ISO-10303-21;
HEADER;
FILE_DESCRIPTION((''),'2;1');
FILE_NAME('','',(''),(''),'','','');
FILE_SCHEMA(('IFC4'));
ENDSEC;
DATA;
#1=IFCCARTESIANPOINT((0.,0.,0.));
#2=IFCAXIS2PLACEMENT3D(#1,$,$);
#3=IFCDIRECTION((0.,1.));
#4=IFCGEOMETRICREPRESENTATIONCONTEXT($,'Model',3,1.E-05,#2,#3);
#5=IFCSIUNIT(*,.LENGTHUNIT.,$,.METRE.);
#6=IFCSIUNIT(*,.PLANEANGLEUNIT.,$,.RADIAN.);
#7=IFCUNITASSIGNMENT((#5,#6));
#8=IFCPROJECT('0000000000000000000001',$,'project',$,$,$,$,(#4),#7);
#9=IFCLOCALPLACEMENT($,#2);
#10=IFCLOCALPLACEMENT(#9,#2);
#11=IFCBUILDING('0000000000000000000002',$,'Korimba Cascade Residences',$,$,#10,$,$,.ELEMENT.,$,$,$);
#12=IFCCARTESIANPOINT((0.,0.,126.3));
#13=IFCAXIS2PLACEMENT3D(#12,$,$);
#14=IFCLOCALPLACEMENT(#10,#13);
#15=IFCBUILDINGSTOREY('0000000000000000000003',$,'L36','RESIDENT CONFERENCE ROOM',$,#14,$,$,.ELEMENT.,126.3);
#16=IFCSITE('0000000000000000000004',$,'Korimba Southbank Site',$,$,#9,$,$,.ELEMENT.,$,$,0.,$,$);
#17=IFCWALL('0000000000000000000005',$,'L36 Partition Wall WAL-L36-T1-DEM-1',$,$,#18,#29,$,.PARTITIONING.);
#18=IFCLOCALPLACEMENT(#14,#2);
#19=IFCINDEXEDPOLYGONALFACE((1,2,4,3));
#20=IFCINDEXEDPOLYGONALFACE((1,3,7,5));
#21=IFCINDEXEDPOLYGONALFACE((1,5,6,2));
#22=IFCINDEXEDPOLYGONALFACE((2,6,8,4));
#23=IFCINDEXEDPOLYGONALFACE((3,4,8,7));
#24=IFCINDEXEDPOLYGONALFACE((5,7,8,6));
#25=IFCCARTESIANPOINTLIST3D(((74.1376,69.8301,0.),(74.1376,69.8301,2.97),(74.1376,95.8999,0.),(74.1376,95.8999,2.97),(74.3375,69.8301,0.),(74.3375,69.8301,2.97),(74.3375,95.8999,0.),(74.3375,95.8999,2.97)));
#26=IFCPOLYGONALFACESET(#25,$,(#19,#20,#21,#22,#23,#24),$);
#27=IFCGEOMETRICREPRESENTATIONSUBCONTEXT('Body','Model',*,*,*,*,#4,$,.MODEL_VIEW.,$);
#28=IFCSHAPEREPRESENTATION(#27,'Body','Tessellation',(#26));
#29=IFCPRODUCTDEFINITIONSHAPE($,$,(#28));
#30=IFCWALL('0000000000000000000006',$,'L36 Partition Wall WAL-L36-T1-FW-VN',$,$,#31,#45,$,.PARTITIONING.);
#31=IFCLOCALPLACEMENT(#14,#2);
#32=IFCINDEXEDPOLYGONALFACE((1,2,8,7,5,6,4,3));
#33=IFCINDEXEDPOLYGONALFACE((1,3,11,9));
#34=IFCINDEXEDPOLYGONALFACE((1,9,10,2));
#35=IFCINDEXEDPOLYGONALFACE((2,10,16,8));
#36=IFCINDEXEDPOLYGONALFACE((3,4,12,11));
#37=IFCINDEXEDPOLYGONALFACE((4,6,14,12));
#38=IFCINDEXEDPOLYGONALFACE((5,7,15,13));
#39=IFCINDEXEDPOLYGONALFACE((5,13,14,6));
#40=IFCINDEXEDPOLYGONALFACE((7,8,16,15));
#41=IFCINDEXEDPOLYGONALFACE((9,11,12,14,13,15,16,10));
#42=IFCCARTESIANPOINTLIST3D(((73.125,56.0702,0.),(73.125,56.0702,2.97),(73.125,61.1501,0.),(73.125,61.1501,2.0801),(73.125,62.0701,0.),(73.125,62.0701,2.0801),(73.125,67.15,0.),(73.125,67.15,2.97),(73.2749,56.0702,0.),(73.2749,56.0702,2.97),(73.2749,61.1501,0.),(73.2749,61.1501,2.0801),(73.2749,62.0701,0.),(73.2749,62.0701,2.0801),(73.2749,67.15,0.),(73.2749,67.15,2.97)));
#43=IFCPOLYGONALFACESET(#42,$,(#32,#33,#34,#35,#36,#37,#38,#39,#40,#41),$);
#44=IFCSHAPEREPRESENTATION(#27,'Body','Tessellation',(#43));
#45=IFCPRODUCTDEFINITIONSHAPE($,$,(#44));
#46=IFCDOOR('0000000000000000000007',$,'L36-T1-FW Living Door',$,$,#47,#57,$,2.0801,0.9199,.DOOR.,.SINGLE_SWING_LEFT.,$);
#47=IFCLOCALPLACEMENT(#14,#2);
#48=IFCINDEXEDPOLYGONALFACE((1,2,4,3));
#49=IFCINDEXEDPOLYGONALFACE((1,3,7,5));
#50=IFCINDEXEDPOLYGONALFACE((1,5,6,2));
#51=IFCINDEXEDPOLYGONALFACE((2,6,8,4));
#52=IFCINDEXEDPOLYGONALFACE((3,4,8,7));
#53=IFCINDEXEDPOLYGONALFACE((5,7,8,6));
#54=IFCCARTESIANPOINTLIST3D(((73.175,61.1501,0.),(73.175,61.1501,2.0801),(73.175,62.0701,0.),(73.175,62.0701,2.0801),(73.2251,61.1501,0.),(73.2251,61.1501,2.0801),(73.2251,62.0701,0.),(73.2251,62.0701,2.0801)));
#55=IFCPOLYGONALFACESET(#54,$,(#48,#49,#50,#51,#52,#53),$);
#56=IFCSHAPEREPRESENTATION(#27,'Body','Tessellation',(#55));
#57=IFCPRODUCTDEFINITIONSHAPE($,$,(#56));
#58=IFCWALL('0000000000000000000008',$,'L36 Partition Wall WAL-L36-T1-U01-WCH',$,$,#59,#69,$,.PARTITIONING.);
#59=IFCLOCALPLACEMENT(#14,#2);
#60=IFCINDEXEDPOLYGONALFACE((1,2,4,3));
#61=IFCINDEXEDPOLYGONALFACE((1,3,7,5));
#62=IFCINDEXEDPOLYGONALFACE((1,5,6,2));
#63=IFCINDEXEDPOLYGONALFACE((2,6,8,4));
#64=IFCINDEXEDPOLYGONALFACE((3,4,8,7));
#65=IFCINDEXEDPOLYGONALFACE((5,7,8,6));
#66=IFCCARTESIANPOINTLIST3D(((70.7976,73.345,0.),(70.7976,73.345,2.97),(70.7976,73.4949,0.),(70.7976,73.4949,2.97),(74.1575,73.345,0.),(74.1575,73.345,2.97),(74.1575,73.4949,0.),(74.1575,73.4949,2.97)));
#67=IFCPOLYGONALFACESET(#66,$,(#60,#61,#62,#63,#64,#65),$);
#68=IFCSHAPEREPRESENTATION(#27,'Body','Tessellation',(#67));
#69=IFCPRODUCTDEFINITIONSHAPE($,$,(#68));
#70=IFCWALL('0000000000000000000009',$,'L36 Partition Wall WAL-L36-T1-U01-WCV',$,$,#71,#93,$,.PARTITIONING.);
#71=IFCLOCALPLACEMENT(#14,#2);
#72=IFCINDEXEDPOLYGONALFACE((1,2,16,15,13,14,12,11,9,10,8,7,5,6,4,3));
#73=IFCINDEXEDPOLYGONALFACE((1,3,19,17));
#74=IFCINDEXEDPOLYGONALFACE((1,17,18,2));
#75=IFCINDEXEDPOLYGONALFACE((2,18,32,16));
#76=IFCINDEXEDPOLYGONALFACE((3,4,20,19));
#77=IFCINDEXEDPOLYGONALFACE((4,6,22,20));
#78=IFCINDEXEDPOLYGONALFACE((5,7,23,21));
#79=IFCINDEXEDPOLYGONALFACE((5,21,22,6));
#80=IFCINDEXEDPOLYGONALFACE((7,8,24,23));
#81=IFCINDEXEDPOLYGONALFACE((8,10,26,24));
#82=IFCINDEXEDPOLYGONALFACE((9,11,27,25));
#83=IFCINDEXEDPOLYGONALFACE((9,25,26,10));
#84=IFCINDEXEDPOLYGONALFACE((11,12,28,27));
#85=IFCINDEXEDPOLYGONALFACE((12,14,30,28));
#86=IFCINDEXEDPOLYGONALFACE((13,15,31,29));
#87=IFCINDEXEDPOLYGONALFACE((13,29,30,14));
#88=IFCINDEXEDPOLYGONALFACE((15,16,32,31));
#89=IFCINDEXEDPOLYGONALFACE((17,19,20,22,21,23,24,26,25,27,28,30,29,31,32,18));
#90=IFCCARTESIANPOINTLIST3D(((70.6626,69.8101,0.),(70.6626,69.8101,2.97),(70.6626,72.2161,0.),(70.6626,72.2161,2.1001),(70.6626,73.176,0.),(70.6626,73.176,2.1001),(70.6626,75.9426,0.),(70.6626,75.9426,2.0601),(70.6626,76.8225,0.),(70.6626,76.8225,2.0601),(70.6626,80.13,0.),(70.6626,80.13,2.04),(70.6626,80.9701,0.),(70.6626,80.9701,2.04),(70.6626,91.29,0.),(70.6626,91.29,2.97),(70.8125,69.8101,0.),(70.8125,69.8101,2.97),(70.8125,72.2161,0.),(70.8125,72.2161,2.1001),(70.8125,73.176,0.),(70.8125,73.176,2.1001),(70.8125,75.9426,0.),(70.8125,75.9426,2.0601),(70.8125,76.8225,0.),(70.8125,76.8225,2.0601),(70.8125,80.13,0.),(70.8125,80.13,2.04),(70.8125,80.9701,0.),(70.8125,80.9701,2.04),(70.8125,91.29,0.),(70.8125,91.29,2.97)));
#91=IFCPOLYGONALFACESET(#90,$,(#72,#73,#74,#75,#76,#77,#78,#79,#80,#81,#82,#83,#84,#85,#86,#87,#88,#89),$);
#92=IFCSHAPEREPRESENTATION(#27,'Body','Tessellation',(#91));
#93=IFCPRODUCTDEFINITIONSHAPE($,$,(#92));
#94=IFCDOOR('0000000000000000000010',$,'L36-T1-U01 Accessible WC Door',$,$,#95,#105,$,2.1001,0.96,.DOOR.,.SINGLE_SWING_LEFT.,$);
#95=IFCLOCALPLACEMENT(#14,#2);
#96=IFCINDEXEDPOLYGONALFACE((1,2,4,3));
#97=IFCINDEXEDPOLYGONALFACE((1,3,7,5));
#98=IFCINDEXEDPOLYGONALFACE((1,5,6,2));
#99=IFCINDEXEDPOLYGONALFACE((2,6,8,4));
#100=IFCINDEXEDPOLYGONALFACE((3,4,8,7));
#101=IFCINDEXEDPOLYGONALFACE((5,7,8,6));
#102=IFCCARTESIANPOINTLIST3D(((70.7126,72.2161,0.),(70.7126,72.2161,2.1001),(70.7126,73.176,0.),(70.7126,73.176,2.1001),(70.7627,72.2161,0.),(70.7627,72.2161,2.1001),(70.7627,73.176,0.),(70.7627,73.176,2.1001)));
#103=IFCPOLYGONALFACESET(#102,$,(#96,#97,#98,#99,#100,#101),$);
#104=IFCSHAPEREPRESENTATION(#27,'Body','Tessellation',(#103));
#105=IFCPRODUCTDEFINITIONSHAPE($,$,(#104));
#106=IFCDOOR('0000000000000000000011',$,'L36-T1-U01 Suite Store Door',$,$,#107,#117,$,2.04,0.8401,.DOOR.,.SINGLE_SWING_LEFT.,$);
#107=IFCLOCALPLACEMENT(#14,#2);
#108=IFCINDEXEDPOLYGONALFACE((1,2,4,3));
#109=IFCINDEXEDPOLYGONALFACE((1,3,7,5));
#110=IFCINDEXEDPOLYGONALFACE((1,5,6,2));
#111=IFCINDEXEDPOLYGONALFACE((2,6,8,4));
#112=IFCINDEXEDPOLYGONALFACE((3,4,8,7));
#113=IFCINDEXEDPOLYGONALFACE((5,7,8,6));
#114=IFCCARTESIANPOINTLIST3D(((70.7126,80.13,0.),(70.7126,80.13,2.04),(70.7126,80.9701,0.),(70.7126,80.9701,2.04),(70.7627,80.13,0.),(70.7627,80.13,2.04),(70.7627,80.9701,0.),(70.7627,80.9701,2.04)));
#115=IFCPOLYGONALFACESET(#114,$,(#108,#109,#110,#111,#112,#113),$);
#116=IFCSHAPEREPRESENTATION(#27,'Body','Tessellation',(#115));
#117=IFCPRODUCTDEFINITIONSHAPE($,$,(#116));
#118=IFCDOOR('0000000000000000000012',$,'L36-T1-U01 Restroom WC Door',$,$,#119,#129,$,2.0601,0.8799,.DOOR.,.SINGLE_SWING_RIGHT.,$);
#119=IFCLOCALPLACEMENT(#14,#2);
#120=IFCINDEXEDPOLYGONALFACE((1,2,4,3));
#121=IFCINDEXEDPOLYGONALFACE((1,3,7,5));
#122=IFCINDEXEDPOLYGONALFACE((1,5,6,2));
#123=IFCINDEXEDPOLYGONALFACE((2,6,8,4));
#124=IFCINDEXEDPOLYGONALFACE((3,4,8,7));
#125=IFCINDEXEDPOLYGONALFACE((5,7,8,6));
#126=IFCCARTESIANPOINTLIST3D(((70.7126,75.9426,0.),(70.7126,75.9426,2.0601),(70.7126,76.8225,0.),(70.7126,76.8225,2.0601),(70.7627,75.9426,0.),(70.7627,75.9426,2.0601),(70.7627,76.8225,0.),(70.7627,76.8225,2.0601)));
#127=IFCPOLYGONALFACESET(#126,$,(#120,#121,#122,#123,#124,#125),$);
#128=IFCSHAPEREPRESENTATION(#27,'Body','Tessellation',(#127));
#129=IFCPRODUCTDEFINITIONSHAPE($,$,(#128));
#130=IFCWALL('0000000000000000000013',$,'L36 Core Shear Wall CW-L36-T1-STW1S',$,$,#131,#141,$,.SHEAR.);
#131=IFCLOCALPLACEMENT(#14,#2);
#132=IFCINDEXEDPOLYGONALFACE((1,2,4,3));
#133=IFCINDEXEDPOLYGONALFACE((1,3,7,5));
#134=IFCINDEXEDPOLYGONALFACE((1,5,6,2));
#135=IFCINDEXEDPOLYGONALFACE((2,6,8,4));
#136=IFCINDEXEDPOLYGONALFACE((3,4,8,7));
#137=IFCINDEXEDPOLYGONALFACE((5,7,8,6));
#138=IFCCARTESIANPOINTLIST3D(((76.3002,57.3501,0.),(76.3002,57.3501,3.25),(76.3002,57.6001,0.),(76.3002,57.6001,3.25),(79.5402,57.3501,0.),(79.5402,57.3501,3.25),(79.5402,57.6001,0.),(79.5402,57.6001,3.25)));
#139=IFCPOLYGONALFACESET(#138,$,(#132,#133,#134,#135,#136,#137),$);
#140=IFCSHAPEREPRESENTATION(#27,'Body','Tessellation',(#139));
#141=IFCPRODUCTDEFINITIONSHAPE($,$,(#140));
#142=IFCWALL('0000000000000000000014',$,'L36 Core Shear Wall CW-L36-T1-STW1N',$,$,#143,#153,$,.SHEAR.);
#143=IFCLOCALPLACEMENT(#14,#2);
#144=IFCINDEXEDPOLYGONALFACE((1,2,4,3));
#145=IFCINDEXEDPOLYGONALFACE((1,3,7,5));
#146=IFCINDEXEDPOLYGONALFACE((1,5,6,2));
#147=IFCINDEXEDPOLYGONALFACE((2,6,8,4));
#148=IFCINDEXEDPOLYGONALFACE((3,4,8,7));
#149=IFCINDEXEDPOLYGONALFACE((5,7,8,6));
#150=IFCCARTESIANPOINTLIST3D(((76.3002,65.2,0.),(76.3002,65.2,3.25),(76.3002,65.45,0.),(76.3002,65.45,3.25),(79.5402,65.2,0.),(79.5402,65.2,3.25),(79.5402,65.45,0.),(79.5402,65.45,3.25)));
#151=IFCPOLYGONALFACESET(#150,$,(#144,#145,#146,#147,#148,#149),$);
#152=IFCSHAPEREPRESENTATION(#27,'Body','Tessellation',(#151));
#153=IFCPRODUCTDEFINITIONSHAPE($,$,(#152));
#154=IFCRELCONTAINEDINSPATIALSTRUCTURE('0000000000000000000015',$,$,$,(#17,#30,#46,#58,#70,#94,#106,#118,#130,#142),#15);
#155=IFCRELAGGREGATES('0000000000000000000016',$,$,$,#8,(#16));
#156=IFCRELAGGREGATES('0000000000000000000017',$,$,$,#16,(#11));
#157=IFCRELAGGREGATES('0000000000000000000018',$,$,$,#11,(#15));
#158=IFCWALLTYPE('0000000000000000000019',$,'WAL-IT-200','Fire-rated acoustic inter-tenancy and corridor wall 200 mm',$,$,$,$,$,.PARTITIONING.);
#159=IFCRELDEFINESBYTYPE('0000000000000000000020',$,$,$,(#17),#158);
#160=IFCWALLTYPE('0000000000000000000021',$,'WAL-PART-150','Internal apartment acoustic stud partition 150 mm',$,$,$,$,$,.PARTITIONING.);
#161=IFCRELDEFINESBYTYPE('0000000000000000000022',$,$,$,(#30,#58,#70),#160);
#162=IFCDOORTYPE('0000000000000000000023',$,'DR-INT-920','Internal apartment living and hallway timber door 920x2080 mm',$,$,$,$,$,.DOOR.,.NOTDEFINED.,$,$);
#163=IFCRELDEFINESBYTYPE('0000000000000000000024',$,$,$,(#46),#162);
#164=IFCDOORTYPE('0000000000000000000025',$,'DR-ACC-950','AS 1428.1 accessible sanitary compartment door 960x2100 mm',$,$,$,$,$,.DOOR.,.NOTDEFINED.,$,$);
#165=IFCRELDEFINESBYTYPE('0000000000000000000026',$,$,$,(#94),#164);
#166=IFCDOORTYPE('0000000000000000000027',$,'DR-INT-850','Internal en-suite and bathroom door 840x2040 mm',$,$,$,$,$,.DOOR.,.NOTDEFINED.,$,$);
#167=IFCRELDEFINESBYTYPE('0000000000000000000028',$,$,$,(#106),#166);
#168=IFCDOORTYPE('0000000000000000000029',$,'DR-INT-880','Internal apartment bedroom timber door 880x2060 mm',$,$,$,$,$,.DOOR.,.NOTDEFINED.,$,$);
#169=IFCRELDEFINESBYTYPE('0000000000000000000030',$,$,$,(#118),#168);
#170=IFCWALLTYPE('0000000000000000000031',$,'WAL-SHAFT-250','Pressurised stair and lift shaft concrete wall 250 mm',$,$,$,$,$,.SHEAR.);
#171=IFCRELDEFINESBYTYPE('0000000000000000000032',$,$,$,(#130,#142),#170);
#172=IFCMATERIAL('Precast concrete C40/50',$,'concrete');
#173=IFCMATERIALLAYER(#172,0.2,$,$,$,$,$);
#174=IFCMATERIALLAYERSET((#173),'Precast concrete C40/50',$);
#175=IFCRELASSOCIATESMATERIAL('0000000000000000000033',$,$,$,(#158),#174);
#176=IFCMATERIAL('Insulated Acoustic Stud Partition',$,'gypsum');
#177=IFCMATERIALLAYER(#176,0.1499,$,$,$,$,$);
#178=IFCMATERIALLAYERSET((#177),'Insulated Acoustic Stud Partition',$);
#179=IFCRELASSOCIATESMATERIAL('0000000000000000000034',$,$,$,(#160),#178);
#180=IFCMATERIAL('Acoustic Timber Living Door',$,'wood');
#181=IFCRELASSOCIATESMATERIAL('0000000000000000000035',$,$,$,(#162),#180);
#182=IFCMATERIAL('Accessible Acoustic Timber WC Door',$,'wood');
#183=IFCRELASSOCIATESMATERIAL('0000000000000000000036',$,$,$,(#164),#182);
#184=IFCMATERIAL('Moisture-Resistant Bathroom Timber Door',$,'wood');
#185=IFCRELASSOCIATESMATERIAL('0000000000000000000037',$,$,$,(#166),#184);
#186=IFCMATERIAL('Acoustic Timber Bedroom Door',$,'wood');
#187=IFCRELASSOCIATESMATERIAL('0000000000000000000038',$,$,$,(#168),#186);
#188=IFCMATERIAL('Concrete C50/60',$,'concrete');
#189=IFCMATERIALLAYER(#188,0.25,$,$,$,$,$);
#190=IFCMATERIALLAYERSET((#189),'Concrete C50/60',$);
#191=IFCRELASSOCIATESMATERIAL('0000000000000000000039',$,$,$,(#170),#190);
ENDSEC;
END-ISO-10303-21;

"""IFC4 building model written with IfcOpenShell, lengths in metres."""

from ifc_helpers import new_model, si_unit, direction, frame, frame_2d, origin, place, context, subcontext, project, spatial, rectangle, extrude, material, layer, layer_set, type_object, element, fill, save


model = new_model("IFC4")

# Units and contexts
model_context = context("Model", 3, precision=1e-05, world=origin(), true_north=direction((0.0, 1.0)))
body_context = subcontext(model_context, "Body", "Model", "MODEL_VIEW")
ifc_project = project(units=[si_unit("LENGTHUNIT", "METRE"), si_unit("PLANEANGLEUNIT", "RADIAN")], contexts=[model_context])

# Site, building, storey
site_placement = place(None, origin())
site = spatial("IfcSite", under=ifc_project, at=site_placement, Name="Korimba Southbank Site", CompositionType="ELEMENT", RefElevation=0.0)
building_placement = place(site_placement, origin())
building = spatial("IfcBuilding", under=site, at=building_placement, Name="Korimba Cascade Residences", CompositionType="ELEMENT")
storey_placement = place(building_placement, frame((0.0, 0.0, 126.3)))
storey = spatial("IfcBuildingStorey", under=building, at=storey_placement, Name="L36", Description="RESIDENT CONFERENCE ROOM", CompositionType="ELEMENT", Elevation=126.3)

# Wall
ifc_material_1 = material(Name="Precast concrete C40/50", Category="concrete")
ifc_layer_1 = layer(ifc_material_1, 0.2)
ifc_layer_set_1 = layer_set([ifc_layer_1], Name="Precast concrete C40/50")
wall_type_1 = type_object("IfcWallType", Name="WAL-IT-200", Description="Fire-rated acoustic inter-tenancy and corridor wall 200 mm", PredefinedType="PARTITIONING", material=ifc_layer_set_1)
wall_1_placement = place(storey_placement, frame((74.2375, 69.8301, 0.0), z_axis=(0.0, 0.0, 1.0), x_axis=(0.0, 1.0, 0.0)))
element("IfcWall", 1, at=wall_1_placement, inside=storey, type_object=wall_type_1, Name="L36 Partition Wall WAL-L36-T1-DEM-1", PredefinedType="PARTITIONING", context=body_context, shape_type="SweptSolid", body=[
    extrude(rectangle(XDim=26.0698, YDim=0.2, at=frame_2d((13.0349, 0.0))), origin(), (0.0, 0.0, 1.0), 2.97),
])

# Wall, opening, door
ifc_material_2 = material(Name="Insulated Acoustic Stud Partition", Category="gypsum")
ifc_layer_2 = layer(ifc_material_2, 0.1499)
ifc_layer_set_2 = layer_set([ifc_layer_2], Name="Insulated Acoustic Stud Partition")
wall_type_2 = type_object("IfcWallType", Name="WAL-PART-150", Description="Internal apartment acoustic stud partition 150 mm", PredefinedType="PARTITIONING", material=ifc_layer_set_2)
wall_2_placement = place(storey_placement, frame((73.2, 56.0701, 0.0), z_axis=(0.0, 0.0, 1.0), x_axis=(0.0, 1.0, 0.0)))
wall_2 = element("IfcWall", 2, at=wall_2_placement, inside=storey, type_object=wall_type_2, Name="L36 Partition Wall WAL-L36-T1-FW-VN", PredefinedType="PARTITIONING", context=body_context, shape_type="SweptSolid", body=[
    extrude(rectangle(XDim=11.0798, YDim=0.1499, at=frame_2d((5.54, 0.0))), origin(), (0.0, 0.0, 1.0), 2.97),
])
opening_1_placement = place(wall_2_placement, frame((5.0801, 0.0, 0.0)))
opening_1 = element("IfcOpeningElement", 3, at=opening_1_placement, cuts=wall_2, PredefinedType="OPENING", context=body_context, shape_type="SweptSolid", body=[
    extrude(rectangle(XDim=0.9199, YDim=2.0801, at=frame_2d((0.46, 1.04))), frame((0.0, 0.085, 0.0), z_axis=(0.0, -1.0, 0.0), x_axis=(1.0, 0.0, 0.0)), (0.0, 0.0, 1.0), 0.1699),
])
ifc_material_3 = material(Name="Acoustic Timber Living Door", Category="wood")
door_type_1 = type_object("IfcDoorType", Name="DR-INT-920", Description="Internal apartment living and hallway timber door 920x2080 mm", OperationType="NOTDEFINED", PredefinedType="DOOR", material=ifc_material_3)
door_1_placement = place(opening_1_placement, origin())
door_1 = element("IfcDoor", 4, at=door_1_placement, inside=storey, type_object=door_type_1, Name="L36-T1-FW Living Door", OperationType="SINGLE_SWING_LEFT", OverallHeight=2.0801, OverallWidth=0.9199, PredefinedType="DOOR", context=body_context, shape_type="SweptSolid", body=[
    extrude(rectangle(XDim=0.9199, YDim=2.0801, at=frame_2d((0.46, 1.04))), frame((0.0, 0.0249, 0.0), z_axis=(0.0, -1.0, 0.0), x_axis=(1.0, 0.0, 0.0)), (0.0, 0.0, 1.0), 0.05),
])
fill(opening_1, door_1)

# Wall
wall_3_placement = place(storey_placement, frame((70.7976, 73.4199, 0.0), z_axis=(0.0, 0.0, 1.0), x_axis=(1.0, 0.0, 0.0)))
element("IfcWall", 5, at=wall_3_placement, inside=storey, type_object=wall_type_2, Name="L36 Partition Wall WAL-L36-T1-U01-WCH", PredefinedType="PARTITIONING", context=body_context, shape_type="SweptSolid", body=[
    extrude(rectangle(XDim=3.3599, YDim=0.1499, at=frame_2d((1.6799, 0.0))), origin(), (0.0, 0.0, 1.0), 2.97),
])

# Wall, openings, doors
wall_4_placement = place(storey_placement, frame((70.7375, 69.8101, 0.0), z_axis=(0.0, 0.0, 1.0), x_axis=(0.0, 1.0, 0.0)))
wall_4 = element("IfcWall", 6, at=wall_4_placement, inside=storey, type_object=wall_type_2, Name="L36 Partition Wall WAL-L36-T1-U01-WCV", PredefinedType="PARTITIONING", context=body_context, shape_type="SweptSolid", body=[
    extrude(rectangle(XDim=21.48, YDim=0.1499, at=frame_2d((10.74, 0.0))), origin(), (0.0, 0.0, 1.0), 2.97),
])
opening_2_placement = place(wall_4_placement, frame((2.406, 0.0, 0.0)))
opening_2 = element("IfcOpeningElement", 7, at=opening_2_placement, cuts=wall_4, PredefinedType="OPENING", context=body_context, shape_type="SweptSolid", body=[
    extrude(rectangle(XDim=0.96, YDim=2.1001, at=frame_2d((0.48, 1.05))), frame((0.0, 0.085, 0.0), z_axis=(0.0, -1.0, 0.0), x_axis=(1.0, 0.0, 0.0)), (0.0, 0.0, 1.0), 0.1699),
])
opening_3_placement = place(wall_4_placement, frame((6.1326, 0.0, 0.0)))
opening_3 = element("IfcOpeningElement", 8, at=opening_3_placement, cuts=wall_4, PredefinedType="OPENING", context=body_context, shape_type="SweptSolid", body=[
    extrude(rectangle(XDim=0.8799, YDim=2.0601, at=frame_2d((0.4399, 1.03))), frame((0.0, 0.085, 0.0), z_axis=(0.0, -1.0, 0.0), x_axis=(1.0, 0.0, 0.0)), (0.0, 0.0, 1.0), 0.1699),
])
opening_4_placement = place(wall_4_placement, frame((10.3201, 0.0, 0.0)))
opening_4 = element("IfcOpeningElement", 9, at=opening_4_placement, cuts=wall_4, PredefinedType="OPENING", context=body_context, shape_type="SweptSolid", body=[
    extrude(rectangle(XDim=0.8401, YDim=2.04, at=frame_2d((0.4199, 1.02))), frame((0.0, 0.085, 0.0), z_axis=(0.0, -1.0, 0.0), x_axis=(1.0, 0.0, 0.0)), (0.0, 0.0, 1.0), 0.1699),
])
ifc_material_4 = material(Name="Accessible Acoustic Timber WC Door", Category="wood")
door_type_2 = type_object("IfcDoorType", Name="DR-ACC-950", Description="AS 1428.1 accessible sanitary compartment door 960x2100 mm", OperationType="NOTDEFINED", PredefinedType="DOOR", material=ifc_material_4)
door_2_placement = place(opening_2_placement, origin())
door_2 = element("IfcDoor", 10, at=door_2_placement, inside=storey, type_object=door_type_2, Name="L36-T1-U01 Accessible WC Door", OperationType="SINGLE_SWING_LEFT", OverallHeight=2.1001, OverallWidth=0.96, PredefinedType="DOOR", context=body_context, shape_type="SweptSolid", body=[
    extrude(rectangle(XDim=0.96, YDim=2.1001, at=frame_2d((0.48, 1.05))), frame((0.0, 0.0249, 0.0), z_axis=(0.0, -1.0, 0.0), x_axis=(1.0, 0.0, 0.0)), (0.0, 0.0, 1.0), 0.05),
])
fill(opening_2, door_2)
ifc_material_5 = material(Name="Moisture-Resistant Bathroom Timber Door", Category="wood")
door_type_3 = type_object("IfcDoorType", Name="DR-INT-850", Description="Internal en-suite and bathroom door 840x2040 mm", OperationType="NOTDEFINED", PredefinedType="DOOR", material=ifc_material_5)
door_3_placement = place(opening_4_placement, origin())
door_3 = element("IfcDoor", 11, at=door_3_placement, inside=storey, type_object=door_type_3, Name="L36-T1-U01 Suite Store Door", OperationType="SINGLE_SWING_LEFT", OverallHeight=2.04, OverallWidth=0.8401, PredefinedType="DOOR", context=body_context, shape_type="SweptSolid", body=[
    extrude(rectangle(XDim=0.8401, YDim=2.04, at=frame_2d((0.4199, 1.02))), frame((0.0, 0.0249, 0.0), z_axis=(0.0, -1.0, 0.0), x_axis=(1.0, 0.0, 0.0)), (0.0, 0.0, 1.0), 0.05),
])
fill(opening_4, door_3)
ifc_material_6 = material(Name="Acoustic Timber Bedroom Door", Category="wood")
door_type_4 = type_object("IfcDoorType", Name="DR-INT-880", Description="Internal apartment bedroom timber door 880x2060 mm", OperationType="NOTDEFINED", PredefinedType="DOOR", material=ifc_material_6)
door_4_placement = place(opening_3_placement, origin())
door_4 = element("IfcDoor", 12, at=door_4_placement, inside=storey, type_object=door_type_4, Name="L36-T1-U01 Restroom WC Door", OperationType="SINGLE_SWING_RIGHT", OverallHeight=2.0601, OverallWidth=0.8799, PredefinedType="DOOR", context=body_context, shape_type="SweptSolid", body=[
    extrude(rectangle(XDim=0.8799, YDim=2.0601, at=frame_2d((0.4399, 1.03))), frame((0.0, 0.0249, 0.0), z_axis=(0.0, -1.0, 0.0), x_axis=(1.0, 0.0, 0.0)), (0.0, 0.0, 1.0), 0.05),
])
fill(opening_3, door_4)

# Walls
ifc_material_7 = material(Name="Concrete C50/60", Category="concrete")
ifc_layer_3 = layer(ifc_material_7, 0.25)
ifc_layer_set_3 = layer_set([ifc_layer_3], Name="Concrete C50/60")
wall_type_3 = type_object("IfcWallType", Name="WAL-SHAFT-250", Description="Pressurised stair and lift shaft concrete wall 250 mm", PredefinedType="SHEAR", material=ifc_layer_set_3)
for number, where, z_axis, x_axis, name in (
    (13, (76.3, 57.4751, 0.0), (0.0, 0.0, 1.0), (1.0, 0.0, 0.0), "L36 Core Shear Wall CW-L36-T1-STW1S"),
    (14, (76.3, 65.325, 0.0), (0.0, 0.0, 1.0), (1.0, 0.0, 0.0), "L36 Core Shear Wall CW-L36-T1-STW1N"),
):
    element("IfcWall", number, at=place(storey_placement, frame(where, z_axis=z_axis, x_axis=x_axis)), inside=storey, type_object=wall_type_3, Name=name, PredefinedType="SHEAR", context=body_context, shape_type="SweptSolid", body=[
        extrude(rectangle(XDim=3.24, YDim=0.25, at=frame_2d((1.6201, 0.0))), origin(), (0.0, 0.0, 1.0), 3.25),
    ])

save(model, "model.ifc")
